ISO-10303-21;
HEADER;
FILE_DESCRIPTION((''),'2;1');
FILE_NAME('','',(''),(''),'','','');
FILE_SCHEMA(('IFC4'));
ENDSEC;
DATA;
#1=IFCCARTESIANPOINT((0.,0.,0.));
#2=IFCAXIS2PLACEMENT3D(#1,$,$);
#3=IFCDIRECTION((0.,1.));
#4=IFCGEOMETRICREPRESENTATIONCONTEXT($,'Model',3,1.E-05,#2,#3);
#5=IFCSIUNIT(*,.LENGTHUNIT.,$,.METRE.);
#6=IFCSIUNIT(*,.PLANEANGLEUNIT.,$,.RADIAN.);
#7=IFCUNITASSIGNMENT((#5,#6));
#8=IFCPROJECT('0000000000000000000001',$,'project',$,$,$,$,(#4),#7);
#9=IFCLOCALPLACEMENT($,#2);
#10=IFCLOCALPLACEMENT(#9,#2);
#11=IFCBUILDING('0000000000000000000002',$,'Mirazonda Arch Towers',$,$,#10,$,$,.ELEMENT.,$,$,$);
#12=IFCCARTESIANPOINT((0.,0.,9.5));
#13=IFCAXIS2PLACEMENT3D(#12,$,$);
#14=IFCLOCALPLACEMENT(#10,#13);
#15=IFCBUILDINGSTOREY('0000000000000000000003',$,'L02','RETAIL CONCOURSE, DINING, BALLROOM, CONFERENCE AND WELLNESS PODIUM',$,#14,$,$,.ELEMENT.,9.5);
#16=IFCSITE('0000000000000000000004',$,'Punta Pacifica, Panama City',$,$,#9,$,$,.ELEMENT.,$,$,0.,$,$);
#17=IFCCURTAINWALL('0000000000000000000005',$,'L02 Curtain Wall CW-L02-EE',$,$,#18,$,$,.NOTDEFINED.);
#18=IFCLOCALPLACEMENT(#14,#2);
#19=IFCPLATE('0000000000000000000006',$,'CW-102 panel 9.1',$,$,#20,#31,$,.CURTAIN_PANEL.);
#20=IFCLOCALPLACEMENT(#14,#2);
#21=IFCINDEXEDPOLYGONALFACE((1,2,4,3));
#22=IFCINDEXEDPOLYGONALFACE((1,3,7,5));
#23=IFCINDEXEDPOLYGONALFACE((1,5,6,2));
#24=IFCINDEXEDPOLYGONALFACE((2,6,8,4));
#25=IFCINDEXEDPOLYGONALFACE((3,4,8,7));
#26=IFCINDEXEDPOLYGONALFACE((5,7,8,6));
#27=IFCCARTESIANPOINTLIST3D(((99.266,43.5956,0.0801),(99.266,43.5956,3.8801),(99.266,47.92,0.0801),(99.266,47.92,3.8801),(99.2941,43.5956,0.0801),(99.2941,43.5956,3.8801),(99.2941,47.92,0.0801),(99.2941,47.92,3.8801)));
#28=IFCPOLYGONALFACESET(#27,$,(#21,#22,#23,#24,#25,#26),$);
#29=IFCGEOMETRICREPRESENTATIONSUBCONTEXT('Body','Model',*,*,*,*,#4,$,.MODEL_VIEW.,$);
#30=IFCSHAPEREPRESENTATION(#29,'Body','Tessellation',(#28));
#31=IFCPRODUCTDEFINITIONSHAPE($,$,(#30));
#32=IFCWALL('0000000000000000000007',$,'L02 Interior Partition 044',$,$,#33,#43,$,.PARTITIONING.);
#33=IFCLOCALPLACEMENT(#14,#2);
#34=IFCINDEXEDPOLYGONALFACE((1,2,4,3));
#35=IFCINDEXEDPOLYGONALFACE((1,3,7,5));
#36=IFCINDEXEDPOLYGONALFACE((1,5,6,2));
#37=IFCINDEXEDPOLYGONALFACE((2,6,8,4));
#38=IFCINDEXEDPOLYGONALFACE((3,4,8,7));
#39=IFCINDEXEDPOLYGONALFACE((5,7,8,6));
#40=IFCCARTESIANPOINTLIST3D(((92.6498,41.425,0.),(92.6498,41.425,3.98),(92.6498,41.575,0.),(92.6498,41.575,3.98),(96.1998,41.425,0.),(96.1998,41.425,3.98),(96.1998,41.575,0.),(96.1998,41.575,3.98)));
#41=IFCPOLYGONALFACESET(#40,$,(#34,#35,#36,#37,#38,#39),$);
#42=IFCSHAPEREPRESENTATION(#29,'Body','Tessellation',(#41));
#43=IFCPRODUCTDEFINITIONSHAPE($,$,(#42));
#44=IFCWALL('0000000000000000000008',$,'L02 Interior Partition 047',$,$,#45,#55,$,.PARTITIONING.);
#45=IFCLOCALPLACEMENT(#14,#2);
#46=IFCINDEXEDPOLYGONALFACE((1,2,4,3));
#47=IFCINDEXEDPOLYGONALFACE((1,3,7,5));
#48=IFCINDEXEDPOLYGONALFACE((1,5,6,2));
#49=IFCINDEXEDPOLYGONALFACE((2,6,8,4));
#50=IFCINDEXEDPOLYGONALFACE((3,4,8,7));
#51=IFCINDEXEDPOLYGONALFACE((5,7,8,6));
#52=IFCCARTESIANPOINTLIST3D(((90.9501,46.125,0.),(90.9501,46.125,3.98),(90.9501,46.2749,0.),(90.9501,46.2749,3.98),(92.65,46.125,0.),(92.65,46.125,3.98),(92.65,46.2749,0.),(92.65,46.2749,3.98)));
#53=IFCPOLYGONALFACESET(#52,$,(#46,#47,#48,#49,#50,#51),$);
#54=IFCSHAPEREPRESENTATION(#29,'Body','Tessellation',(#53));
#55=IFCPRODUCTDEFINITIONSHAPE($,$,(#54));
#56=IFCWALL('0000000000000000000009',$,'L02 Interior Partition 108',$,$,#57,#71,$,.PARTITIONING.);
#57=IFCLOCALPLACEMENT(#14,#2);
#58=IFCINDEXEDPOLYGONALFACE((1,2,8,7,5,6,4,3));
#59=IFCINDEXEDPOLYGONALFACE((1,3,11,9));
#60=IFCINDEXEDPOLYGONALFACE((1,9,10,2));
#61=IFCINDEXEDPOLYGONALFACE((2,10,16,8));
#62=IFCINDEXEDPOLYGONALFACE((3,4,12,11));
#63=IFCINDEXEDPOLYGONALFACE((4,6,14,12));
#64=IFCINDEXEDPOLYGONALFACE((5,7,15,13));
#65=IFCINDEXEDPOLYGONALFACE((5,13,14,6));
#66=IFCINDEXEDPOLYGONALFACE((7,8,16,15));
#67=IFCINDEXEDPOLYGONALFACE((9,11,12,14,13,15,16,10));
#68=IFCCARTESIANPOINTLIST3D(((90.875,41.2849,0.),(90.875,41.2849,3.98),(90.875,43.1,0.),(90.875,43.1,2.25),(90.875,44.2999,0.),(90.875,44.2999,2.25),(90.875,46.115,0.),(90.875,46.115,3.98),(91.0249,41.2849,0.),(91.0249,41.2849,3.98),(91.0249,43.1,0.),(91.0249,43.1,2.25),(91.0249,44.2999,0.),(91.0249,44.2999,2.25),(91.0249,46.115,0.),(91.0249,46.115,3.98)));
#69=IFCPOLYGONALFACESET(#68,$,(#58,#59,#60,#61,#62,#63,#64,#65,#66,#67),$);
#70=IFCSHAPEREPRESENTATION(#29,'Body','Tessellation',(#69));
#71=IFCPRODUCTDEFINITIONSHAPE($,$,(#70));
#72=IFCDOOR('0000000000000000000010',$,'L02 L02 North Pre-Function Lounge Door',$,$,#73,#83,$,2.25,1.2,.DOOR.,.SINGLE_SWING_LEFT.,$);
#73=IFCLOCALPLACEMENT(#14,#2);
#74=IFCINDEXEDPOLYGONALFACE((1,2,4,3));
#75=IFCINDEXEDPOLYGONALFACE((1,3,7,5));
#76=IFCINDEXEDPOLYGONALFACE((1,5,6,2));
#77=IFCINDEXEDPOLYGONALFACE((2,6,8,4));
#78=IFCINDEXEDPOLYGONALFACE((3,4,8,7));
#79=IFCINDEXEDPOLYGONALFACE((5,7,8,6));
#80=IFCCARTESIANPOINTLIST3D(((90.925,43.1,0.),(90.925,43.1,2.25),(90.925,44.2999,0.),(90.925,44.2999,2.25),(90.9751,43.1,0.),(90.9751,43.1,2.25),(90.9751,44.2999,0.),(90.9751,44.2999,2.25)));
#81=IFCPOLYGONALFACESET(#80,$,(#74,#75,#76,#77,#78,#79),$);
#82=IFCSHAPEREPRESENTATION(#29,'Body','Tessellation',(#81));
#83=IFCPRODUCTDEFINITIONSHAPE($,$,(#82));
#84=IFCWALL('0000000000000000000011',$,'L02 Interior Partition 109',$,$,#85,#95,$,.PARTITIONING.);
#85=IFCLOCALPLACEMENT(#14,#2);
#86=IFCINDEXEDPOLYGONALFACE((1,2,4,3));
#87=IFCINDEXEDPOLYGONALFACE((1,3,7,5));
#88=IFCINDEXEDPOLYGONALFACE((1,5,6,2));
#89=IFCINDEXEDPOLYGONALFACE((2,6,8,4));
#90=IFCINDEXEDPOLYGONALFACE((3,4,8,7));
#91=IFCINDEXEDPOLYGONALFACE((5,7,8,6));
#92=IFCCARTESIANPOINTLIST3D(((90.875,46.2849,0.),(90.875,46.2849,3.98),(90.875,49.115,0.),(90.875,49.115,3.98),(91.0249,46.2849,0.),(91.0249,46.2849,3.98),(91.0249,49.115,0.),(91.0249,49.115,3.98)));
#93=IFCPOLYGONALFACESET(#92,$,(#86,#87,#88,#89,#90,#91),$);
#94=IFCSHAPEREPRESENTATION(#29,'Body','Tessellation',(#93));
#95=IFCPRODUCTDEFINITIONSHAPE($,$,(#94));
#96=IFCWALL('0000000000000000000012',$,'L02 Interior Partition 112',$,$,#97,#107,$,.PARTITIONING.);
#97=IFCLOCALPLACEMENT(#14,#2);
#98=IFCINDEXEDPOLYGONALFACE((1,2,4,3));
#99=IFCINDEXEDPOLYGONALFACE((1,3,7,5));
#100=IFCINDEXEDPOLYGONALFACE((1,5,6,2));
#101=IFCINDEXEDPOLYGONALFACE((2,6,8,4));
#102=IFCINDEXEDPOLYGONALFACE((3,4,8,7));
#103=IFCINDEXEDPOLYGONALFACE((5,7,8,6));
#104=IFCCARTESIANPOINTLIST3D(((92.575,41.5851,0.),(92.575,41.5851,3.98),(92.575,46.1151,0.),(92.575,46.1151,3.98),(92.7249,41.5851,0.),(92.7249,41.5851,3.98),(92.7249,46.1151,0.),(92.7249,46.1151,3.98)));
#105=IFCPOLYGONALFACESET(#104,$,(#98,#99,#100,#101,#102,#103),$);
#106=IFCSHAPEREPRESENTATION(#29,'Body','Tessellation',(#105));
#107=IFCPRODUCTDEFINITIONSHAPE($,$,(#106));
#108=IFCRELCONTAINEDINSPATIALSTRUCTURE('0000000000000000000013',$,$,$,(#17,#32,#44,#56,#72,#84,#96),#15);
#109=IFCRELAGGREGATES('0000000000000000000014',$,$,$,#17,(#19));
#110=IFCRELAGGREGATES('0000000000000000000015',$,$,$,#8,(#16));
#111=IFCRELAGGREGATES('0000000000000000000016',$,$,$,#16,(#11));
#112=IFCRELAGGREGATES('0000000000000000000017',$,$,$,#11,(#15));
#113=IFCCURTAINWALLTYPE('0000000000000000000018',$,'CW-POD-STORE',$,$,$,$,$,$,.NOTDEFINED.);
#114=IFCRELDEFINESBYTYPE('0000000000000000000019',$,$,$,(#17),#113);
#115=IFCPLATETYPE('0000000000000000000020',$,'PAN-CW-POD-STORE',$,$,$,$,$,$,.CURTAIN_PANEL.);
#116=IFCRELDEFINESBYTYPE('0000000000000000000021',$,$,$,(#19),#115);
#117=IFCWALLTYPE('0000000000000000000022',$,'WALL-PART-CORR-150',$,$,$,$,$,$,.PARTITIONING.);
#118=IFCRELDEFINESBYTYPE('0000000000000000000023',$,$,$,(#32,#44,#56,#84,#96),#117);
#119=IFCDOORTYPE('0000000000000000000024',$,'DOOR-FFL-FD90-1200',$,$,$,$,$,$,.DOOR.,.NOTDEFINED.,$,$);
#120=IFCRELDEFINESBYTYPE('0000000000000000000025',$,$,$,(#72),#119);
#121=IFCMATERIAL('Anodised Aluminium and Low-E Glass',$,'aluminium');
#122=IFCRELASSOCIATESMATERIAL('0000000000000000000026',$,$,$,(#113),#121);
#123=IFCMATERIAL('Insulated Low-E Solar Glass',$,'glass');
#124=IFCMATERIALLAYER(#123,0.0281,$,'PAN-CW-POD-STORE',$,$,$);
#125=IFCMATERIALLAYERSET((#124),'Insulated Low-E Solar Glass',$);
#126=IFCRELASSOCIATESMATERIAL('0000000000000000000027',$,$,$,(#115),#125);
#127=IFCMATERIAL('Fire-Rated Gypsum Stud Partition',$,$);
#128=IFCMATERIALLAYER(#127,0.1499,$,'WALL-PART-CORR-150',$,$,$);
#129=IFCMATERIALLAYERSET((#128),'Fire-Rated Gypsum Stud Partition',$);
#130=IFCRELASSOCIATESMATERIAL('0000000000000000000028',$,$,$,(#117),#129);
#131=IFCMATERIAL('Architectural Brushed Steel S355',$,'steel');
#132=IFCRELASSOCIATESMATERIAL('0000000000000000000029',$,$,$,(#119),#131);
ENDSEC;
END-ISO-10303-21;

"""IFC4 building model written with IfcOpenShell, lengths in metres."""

from ifc_helpers import new_model, si_unit, direction, frame, frame_2d, origin, origin_2d, place, context, subcontext, project, spatial, rectangle, extrude, material, layer, layer_set, type_object, element, fill, aggregate, save


model = new_model("IFC4")

# Units and contexts
model_context = context("Model", 3, precision=1e-05, world=origin(), true_north=direction((0.0, 1.0)))
body_context = subcontext(model_context, "Body", "Model", "MODEL_VIEW")
ifc_project = project(units=[si_unit("LENGTHUNIT", "METRE"), si_unit("PLANEANGLEUNIT", "RADIAN")], contexts=[model_context])

# Site, building, storey
site_placement = place(None, origin())
site = spatial("IfcSite", under=ifc_project, at=site_placement, Name="Punta Pacifica, Panama City", CompositionType="ELEMENT", RefElevation=0.0)
building_placement = place(site_placement, origin())
building = spatial("IfcBuilding", under=site, at=building_placement, Name="Mirazonda Arch Towers", CompositionType="ELEMENT")
storey_placement = place(building_placement, frame((0.0, 0.0, 9.5)))
storey = spatial("IfcBuildingStorey", under=building, at=storey_placement, Name="L02", Description="RETAIL CONCOURSE, DINING, BALLROOM, CONFERENCE AND WELLNESS PODIUM", CompositionType="ELEMENT", Elevation=9.5)

# Curtain wall
ifc_material_1 = material(Name="Anodised Aluminium and Low-E Glass", Category="aluminium")
curtain_wall_type = type_object("IfcCurtainWallType", Name="CW-POD-STORE", PredefinedType="NOTDEFINED", material=ifc_material_1)
curtain_wall_1_placement = place(storey_placement, origin())
curtain_wall_1 = element("IfcCurtainWall", 1, at=curtain_wall_1_placement, inside=storey, type_object=curtain_wall_type, Name="L02 Curtain Wall CW-L02-EE", PredefinedType="NOTDEFINED")

# Plate
ifc_material_2 = material(Name="Insulated Low-E Solar Glass", Category="glass")
ifc_layer_1 = layer(ifc_material_2, 0.0281, Name="PAN-CW-POD-STORE")
ifc_layer_set_1 = layer_set([ifc_layer_1], Name="Insulated Low-E Solar Glass")
plate_type = type_object("IfcPlateType", Name="PAN-CW-POD-STORE", PredefinedType="CURTAIN_PANEL", material=ifc_layer_set_1)
plate_1_placement = place(storey_placement, frame((99.28, 45.7578, 0.0801), z_axis=(0.0, 0.0, 1.0), x_axis=(0.0, 1.0, 0.0)))
plate_1 = element("IfcPlate", 2, at=plate_1_placement, type_object=plate_type, Name="CW-102 panel 9.1", PredefinedType="CURTAIN_PANEL", context=body_context, shape_type="SweptSolid", body=[
    extrude(rectangle(XDim=4.3245, YDim=0.0281, at=origin_2d()), origin(), (0.0, 0.0, 1.0), 3.8),
])
aggregate(curtain_wall_1, [plate_1])

# Walls
ifc_material_3 = material(Name="Fire-Rated Gypsum Stud Partition")
ifc_layer_2 = layer(ifc_material_3, 0.1499, Name="WALL-PART-CORR-150")
ifc_layer_set_2 = layer_set([ifc_layer_2], Name="Fire-Rated Gypsum Stud Partition")
wall_type = type_object("IfcWallType", Name="WALL-PART-CORR-150", PredefinedType="PARTITIONING", material=ifc_layer_set_2)
wall_1_placement = place(storey_placement, frame((92.6499, 41.5, 0.0), z_axis=(0.0, 0.0, 1.0), x_axis=(1.0, 0.0, 0.0)))
element("IfcWall", 3, at=wall_1_placement, inside=storey, type_object=wall_type, Name="L02 Interior Partition 044", PredefinedType="PARTITIONING", context=body_context, shape_type="SweptSolid", body=[
    extrude(rectangle(XDim=3.55, YDim=0.1499, at=frame_2d((1.7749, 0.0))), origin(), (0.0, 0.0, 1.0), 3.98),
])
wall_2_placement = place(storey_placement, frame((90.95, 46.2, 0.0), z_axis=(0.0, 0.0, 1.0), x_axis=(1.0, 0.0, 0.0)))
element("IfcWall", 4, at=wall_2_placement, inside=storey, type_object=wall_type, Name="L02 Interior Partition 047", PredefinedType="PARTITIONING", context=body_context, shape_type="SweptSolid", body=[
    extrude(rectangle(XDim=1.7, YDim=0.1499, at=frame_2d((0.8501, 0.0))), origin(), (0.0, 0.0, 1.0), 3.98),
])

# Wall, opening, door
wall_3_placement = place(storey_placement, frame((90.95, 41.2849, 0.0), z_axis=(0.0, 0.0, 1.0), x_axis=(0.0, 1.0, 0.0)))
wall_3 = element("IfcWall", 5, at=wall_3_placement, inside=storey, type_object=wall_type, Name="L02 Interior Partition 108", PredefinedType="PARTITIONING", context=body_context, shape_type="SweptSolid", body=[
    extrude(rectangle(XDim=4.8301, YDim=0.1499, at=frame_2d((2.415, 0.0))), origin(), (0.0, 0.0, 1.0), 3.98),
])
opening_placement = place(wall_3_placement, frame((1.8149, 0.0, 0.0)))
opening = element("IfcOpeningElement", 6, at=opening_placement, cuts=wall_3, PredefinedType="OPENING", context=body_context, shape_type="SweptSolid", body=[
    extrude(rectangle(XDim=1.2, YDim=2.25, at=frame_2d((0.6001, 1.125))), frame((0.0, 0.085, 0.0), z_axis=(0.0, -1.0, 0.0), x_axis=(1.0, 0.0, 0.0)), (0.0, 0.0, 1.0), 0.1699),
])
ifc_material_4 = material(Name="Architectural Brushed Steel S355", Category="steel")
door_type = type_object("IfcDoorType", Name="DOOR-FFL-FD90-1200", OperationType="NOTDEFINED", PredefinedType="DOOR", material=ifc_material_4)
door_placement = place(opening_placement, origin())
door = element("IfcDoor", 7, at=door_placement, inside=storey, type_object=door_type, Name="L02 L02 North Pre-Function Lounge Door", OperationType="SINGLE_SWING_LEFT", OverallHeight=2.25, OverallWidth=1.2, PredefinedType="DOOR", context=body_context, shape_type="SweptSolid", body=[
    extrude(rectangle(XDim=1.2, YDim=2.25, at=frame_2d((0.6001, 1.125))), frame((0.0, 0.0249, 0.0), z_axis=(0.0, -1.0, 0.0), x_axis=(1.0, 0.0, 0.0)), (0.0, 0.0, 1.0), 0.05),
])
fill(opening, door)

# Walls
wall_4_placement = place(storey_placement, frame((90.95, 46.2849, 0.0), z_axis=(0.0, 0.0, 1.0), x_axis=(0.0, 1.0, 0.0)))
element("IfcWall", 8, at=wall_4_placement, inside=storey, type_object=wall_type, Name="L02 Interior Partition 109", PredefinedType="PARTITIONING", context=body_context, shape_type="SweptSolid", body=[
    extrude(rectangle(XDim=2.8301, YDim=0.1499, at=frame_2d((1.415, 0.0))), origin(), (0.0, 0.0, 1.0), 3.98),
])
wall_5_placement = place(storey_placement, frame((92.6499, 41.585, 0.0), z_axis=(0.0, 0.0, 1.0), x_axis=(0.0, 1.0, 0.0)))
element("IfcWall", 9, at=wall_5_placement, inside=storey, type_object=wall_type, Name="L02 Interior Partition 112", PredefinedType="PARTITIONING", context=body_context, shape_type="SweptSolid", body=[
    extrude(rectangle(XDim=4.53, YDim=0.1499, at=frame_2d((2.2651, 0.0))), origin(), (0.0, 0.0, 1.0), 3.98),
])

save(model, "model.ifc")
